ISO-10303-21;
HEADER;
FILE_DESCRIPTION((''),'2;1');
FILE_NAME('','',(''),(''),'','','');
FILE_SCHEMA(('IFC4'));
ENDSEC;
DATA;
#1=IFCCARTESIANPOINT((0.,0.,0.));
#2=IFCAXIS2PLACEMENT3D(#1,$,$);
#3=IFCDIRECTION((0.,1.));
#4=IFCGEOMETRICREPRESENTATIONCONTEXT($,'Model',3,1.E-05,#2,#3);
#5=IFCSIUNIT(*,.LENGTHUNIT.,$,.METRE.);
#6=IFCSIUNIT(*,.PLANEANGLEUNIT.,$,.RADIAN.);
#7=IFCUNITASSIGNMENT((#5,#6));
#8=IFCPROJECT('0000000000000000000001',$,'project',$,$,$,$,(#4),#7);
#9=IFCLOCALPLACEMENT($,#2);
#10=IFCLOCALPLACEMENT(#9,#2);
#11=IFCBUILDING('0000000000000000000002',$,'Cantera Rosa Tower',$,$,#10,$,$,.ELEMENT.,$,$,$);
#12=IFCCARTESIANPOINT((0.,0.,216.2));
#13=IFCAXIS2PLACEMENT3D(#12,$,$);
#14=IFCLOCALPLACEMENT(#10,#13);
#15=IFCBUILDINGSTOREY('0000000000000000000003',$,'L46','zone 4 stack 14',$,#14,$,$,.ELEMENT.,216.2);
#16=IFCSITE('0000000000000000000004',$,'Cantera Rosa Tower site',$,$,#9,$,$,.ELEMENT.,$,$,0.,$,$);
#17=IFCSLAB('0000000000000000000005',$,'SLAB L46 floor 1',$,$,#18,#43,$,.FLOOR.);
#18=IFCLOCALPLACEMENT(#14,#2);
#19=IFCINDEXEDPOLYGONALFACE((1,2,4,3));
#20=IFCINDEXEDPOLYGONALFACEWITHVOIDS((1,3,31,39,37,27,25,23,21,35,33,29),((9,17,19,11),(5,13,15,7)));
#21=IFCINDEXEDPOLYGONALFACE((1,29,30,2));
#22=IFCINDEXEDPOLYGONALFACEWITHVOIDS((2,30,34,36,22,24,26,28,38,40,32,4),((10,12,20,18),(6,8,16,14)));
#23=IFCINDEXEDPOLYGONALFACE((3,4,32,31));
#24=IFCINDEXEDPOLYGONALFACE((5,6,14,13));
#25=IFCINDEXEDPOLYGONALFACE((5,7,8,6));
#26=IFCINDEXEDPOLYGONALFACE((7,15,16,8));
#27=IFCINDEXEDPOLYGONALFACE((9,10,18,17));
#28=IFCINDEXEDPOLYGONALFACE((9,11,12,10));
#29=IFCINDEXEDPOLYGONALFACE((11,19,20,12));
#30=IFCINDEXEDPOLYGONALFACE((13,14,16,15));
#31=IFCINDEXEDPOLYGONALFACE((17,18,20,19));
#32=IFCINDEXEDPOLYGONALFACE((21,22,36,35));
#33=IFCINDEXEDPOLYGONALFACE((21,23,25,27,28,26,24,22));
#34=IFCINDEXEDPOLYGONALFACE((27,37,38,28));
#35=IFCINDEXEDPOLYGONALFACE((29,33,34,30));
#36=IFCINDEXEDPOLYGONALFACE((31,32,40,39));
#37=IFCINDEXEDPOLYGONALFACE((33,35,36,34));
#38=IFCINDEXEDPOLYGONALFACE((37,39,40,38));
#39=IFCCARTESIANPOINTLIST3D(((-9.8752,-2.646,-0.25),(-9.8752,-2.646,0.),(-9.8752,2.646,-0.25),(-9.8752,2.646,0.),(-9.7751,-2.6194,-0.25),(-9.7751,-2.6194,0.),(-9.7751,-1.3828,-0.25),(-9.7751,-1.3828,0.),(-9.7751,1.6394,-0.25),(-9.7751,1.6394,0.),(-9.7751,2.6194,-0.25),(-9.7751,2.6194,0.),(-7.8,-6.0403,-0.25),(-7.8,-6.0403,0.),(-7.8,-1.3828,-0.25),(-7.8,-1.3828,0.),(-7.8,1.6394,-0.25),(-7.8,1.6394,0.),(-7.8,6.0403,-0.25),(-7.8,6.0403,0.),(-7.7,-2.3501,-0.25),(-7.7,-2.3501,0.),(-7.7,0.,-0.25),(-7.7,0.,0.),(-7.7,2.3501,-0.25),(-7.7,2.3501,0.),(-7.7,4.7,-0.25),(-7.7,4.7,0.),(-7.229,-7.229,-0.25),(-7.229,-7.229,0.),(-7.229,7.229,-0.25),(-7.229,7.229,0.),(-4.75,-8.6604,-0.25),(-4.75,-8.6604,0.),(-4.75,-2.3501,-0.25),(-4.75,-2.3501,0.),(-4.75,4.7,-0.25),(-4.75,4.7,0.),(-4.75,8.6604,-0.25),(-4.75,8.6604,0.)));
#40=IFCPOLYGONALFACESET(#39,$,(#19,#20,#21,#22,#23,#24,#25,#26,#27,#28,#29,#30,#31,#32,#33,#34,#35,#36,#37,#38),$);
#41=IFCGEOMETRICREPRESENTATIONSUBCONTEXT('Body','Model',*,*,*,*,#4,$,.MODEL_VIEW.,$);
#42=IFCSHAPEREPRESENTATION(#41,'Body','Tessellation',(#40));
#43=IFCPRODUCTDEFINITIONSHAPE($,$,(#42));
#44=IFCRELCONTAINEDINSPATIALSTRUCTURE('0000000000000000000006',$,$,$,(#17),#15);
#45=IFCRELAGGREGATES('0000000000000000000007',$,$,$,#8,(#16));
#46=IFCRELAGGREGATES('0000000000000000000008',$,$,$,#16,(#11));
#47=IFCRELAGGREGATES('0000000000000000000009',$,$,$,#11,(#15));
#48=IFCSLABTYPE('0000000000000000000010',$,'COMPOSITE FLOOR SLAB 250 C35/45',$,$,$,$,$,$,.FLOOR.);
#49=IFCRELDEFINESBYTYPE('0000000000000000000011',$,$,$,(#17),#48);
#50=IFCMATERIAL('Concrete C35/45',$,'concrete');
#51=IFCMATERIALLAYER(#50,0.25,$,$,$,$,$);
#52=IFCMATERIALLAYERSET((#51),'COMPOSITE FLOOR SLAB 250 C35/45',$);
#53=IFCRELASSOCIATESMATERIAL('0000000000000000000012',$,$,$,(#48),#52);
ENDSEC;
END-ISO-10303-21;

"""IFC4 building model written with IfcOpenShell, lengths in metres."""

from ifc_helpers import new_model, si_unit, direction, frame, origin, place, context, subcontext, project, spatial, polyline, outline, extrude, material, layer, layer_set, type_object, element, save


model = new_model("IFC4")

# Units and contexts
model_context = context("Model", 3, precision=1e-05, world=origin(), true_north=direction((0.0, 1.0)))
body_context = subcontext(model_context, "Body", "Model", "MODEL_VIEW")
ifc_project = project(units=[si_unit("LENGTHUNIT", "METRE"), si_unit("PLANEANGLEUNIT", "RADIAN")], contexts=[model_context])

# Site, building, storey
site_placement = place(None, origin())
site = spatial("IfcSite", under=ifc_project, at=site_placement, Name="Cantera Rosa Tower site", CompositionType="ELEMENT", RefElevation=0.0)
building_placement = place(site_placement, origin())
building = spatial("IfcBuilding", under=site, at=building_placement, Name="Cantera Rosa Tower", CompositionType="ELEMENT")
storey_placement = place(building_placement, frame((0.0, 0.0, 216.2)))
storey = spatial("IfcBuildingStorey", under=building, at=storey_placement, Name="L46", Description="zone 4 stack 14", CompositionType="ELEMENT", Elevation=216.2)

# Slab
ifc_material_1 = material(Name="Concrete C35/45", Category="concrete")
ifc_layer_1 = layer(ifc_material_1, 0.25)
ifc_layer_set_1 = layer_set([ifc_layer_1], Name="COMPOSITE FLOOR SLAB 250 C35/45")
slab_type_1 = type_object("IfcSlabType", Name="COMPOSITE FLOOR SLAB 250 C35/45", PredefinedType="FLOOR", material=ifc_layer_set_1)
slab_1_placement = place(storey_placement, frame((0.0, 0.0, -0.25)))
element("IfcSlab", 1, at=slab_1_placement, inside=storey, type_object=slab_type_1, Name="SLAB L46 floor 1", PredefinedType="FLOOR", context=body_context, shape_type="SweptSolid", body=[
    extrude(outline(polyline([(-4.75, -8.6604), (-7.229, -7.229), (-9.8752, -2.646), (-9.8752, 2.646), (-7.229, 7.229), (-4.75, 8.6604), (-4.75, 4.7), (-7.7, 4.7), (-7.7, 2.3501), (-7.7, 0.0), (-7.7, -2.3501), (-4.75, -2.3501), (-4.75, -8.6604)]), holes=[polyline([(-9.7751, -1.3828), (-9.7751, -2.6194), (-7.8, -6.0403), (-7.8, -1.3828), (-9.7751, -1.3828)]), polyline([(-9.7751, 2.6194), (-9.7751, 1.6394), (-7.8, 1.6394), (-7.8, 6.0403), (-9.7751, 2.6194)])]), origin(), (0.0, 0.0, 1.0), 0.25),
])

save(model, "model.ifc")
